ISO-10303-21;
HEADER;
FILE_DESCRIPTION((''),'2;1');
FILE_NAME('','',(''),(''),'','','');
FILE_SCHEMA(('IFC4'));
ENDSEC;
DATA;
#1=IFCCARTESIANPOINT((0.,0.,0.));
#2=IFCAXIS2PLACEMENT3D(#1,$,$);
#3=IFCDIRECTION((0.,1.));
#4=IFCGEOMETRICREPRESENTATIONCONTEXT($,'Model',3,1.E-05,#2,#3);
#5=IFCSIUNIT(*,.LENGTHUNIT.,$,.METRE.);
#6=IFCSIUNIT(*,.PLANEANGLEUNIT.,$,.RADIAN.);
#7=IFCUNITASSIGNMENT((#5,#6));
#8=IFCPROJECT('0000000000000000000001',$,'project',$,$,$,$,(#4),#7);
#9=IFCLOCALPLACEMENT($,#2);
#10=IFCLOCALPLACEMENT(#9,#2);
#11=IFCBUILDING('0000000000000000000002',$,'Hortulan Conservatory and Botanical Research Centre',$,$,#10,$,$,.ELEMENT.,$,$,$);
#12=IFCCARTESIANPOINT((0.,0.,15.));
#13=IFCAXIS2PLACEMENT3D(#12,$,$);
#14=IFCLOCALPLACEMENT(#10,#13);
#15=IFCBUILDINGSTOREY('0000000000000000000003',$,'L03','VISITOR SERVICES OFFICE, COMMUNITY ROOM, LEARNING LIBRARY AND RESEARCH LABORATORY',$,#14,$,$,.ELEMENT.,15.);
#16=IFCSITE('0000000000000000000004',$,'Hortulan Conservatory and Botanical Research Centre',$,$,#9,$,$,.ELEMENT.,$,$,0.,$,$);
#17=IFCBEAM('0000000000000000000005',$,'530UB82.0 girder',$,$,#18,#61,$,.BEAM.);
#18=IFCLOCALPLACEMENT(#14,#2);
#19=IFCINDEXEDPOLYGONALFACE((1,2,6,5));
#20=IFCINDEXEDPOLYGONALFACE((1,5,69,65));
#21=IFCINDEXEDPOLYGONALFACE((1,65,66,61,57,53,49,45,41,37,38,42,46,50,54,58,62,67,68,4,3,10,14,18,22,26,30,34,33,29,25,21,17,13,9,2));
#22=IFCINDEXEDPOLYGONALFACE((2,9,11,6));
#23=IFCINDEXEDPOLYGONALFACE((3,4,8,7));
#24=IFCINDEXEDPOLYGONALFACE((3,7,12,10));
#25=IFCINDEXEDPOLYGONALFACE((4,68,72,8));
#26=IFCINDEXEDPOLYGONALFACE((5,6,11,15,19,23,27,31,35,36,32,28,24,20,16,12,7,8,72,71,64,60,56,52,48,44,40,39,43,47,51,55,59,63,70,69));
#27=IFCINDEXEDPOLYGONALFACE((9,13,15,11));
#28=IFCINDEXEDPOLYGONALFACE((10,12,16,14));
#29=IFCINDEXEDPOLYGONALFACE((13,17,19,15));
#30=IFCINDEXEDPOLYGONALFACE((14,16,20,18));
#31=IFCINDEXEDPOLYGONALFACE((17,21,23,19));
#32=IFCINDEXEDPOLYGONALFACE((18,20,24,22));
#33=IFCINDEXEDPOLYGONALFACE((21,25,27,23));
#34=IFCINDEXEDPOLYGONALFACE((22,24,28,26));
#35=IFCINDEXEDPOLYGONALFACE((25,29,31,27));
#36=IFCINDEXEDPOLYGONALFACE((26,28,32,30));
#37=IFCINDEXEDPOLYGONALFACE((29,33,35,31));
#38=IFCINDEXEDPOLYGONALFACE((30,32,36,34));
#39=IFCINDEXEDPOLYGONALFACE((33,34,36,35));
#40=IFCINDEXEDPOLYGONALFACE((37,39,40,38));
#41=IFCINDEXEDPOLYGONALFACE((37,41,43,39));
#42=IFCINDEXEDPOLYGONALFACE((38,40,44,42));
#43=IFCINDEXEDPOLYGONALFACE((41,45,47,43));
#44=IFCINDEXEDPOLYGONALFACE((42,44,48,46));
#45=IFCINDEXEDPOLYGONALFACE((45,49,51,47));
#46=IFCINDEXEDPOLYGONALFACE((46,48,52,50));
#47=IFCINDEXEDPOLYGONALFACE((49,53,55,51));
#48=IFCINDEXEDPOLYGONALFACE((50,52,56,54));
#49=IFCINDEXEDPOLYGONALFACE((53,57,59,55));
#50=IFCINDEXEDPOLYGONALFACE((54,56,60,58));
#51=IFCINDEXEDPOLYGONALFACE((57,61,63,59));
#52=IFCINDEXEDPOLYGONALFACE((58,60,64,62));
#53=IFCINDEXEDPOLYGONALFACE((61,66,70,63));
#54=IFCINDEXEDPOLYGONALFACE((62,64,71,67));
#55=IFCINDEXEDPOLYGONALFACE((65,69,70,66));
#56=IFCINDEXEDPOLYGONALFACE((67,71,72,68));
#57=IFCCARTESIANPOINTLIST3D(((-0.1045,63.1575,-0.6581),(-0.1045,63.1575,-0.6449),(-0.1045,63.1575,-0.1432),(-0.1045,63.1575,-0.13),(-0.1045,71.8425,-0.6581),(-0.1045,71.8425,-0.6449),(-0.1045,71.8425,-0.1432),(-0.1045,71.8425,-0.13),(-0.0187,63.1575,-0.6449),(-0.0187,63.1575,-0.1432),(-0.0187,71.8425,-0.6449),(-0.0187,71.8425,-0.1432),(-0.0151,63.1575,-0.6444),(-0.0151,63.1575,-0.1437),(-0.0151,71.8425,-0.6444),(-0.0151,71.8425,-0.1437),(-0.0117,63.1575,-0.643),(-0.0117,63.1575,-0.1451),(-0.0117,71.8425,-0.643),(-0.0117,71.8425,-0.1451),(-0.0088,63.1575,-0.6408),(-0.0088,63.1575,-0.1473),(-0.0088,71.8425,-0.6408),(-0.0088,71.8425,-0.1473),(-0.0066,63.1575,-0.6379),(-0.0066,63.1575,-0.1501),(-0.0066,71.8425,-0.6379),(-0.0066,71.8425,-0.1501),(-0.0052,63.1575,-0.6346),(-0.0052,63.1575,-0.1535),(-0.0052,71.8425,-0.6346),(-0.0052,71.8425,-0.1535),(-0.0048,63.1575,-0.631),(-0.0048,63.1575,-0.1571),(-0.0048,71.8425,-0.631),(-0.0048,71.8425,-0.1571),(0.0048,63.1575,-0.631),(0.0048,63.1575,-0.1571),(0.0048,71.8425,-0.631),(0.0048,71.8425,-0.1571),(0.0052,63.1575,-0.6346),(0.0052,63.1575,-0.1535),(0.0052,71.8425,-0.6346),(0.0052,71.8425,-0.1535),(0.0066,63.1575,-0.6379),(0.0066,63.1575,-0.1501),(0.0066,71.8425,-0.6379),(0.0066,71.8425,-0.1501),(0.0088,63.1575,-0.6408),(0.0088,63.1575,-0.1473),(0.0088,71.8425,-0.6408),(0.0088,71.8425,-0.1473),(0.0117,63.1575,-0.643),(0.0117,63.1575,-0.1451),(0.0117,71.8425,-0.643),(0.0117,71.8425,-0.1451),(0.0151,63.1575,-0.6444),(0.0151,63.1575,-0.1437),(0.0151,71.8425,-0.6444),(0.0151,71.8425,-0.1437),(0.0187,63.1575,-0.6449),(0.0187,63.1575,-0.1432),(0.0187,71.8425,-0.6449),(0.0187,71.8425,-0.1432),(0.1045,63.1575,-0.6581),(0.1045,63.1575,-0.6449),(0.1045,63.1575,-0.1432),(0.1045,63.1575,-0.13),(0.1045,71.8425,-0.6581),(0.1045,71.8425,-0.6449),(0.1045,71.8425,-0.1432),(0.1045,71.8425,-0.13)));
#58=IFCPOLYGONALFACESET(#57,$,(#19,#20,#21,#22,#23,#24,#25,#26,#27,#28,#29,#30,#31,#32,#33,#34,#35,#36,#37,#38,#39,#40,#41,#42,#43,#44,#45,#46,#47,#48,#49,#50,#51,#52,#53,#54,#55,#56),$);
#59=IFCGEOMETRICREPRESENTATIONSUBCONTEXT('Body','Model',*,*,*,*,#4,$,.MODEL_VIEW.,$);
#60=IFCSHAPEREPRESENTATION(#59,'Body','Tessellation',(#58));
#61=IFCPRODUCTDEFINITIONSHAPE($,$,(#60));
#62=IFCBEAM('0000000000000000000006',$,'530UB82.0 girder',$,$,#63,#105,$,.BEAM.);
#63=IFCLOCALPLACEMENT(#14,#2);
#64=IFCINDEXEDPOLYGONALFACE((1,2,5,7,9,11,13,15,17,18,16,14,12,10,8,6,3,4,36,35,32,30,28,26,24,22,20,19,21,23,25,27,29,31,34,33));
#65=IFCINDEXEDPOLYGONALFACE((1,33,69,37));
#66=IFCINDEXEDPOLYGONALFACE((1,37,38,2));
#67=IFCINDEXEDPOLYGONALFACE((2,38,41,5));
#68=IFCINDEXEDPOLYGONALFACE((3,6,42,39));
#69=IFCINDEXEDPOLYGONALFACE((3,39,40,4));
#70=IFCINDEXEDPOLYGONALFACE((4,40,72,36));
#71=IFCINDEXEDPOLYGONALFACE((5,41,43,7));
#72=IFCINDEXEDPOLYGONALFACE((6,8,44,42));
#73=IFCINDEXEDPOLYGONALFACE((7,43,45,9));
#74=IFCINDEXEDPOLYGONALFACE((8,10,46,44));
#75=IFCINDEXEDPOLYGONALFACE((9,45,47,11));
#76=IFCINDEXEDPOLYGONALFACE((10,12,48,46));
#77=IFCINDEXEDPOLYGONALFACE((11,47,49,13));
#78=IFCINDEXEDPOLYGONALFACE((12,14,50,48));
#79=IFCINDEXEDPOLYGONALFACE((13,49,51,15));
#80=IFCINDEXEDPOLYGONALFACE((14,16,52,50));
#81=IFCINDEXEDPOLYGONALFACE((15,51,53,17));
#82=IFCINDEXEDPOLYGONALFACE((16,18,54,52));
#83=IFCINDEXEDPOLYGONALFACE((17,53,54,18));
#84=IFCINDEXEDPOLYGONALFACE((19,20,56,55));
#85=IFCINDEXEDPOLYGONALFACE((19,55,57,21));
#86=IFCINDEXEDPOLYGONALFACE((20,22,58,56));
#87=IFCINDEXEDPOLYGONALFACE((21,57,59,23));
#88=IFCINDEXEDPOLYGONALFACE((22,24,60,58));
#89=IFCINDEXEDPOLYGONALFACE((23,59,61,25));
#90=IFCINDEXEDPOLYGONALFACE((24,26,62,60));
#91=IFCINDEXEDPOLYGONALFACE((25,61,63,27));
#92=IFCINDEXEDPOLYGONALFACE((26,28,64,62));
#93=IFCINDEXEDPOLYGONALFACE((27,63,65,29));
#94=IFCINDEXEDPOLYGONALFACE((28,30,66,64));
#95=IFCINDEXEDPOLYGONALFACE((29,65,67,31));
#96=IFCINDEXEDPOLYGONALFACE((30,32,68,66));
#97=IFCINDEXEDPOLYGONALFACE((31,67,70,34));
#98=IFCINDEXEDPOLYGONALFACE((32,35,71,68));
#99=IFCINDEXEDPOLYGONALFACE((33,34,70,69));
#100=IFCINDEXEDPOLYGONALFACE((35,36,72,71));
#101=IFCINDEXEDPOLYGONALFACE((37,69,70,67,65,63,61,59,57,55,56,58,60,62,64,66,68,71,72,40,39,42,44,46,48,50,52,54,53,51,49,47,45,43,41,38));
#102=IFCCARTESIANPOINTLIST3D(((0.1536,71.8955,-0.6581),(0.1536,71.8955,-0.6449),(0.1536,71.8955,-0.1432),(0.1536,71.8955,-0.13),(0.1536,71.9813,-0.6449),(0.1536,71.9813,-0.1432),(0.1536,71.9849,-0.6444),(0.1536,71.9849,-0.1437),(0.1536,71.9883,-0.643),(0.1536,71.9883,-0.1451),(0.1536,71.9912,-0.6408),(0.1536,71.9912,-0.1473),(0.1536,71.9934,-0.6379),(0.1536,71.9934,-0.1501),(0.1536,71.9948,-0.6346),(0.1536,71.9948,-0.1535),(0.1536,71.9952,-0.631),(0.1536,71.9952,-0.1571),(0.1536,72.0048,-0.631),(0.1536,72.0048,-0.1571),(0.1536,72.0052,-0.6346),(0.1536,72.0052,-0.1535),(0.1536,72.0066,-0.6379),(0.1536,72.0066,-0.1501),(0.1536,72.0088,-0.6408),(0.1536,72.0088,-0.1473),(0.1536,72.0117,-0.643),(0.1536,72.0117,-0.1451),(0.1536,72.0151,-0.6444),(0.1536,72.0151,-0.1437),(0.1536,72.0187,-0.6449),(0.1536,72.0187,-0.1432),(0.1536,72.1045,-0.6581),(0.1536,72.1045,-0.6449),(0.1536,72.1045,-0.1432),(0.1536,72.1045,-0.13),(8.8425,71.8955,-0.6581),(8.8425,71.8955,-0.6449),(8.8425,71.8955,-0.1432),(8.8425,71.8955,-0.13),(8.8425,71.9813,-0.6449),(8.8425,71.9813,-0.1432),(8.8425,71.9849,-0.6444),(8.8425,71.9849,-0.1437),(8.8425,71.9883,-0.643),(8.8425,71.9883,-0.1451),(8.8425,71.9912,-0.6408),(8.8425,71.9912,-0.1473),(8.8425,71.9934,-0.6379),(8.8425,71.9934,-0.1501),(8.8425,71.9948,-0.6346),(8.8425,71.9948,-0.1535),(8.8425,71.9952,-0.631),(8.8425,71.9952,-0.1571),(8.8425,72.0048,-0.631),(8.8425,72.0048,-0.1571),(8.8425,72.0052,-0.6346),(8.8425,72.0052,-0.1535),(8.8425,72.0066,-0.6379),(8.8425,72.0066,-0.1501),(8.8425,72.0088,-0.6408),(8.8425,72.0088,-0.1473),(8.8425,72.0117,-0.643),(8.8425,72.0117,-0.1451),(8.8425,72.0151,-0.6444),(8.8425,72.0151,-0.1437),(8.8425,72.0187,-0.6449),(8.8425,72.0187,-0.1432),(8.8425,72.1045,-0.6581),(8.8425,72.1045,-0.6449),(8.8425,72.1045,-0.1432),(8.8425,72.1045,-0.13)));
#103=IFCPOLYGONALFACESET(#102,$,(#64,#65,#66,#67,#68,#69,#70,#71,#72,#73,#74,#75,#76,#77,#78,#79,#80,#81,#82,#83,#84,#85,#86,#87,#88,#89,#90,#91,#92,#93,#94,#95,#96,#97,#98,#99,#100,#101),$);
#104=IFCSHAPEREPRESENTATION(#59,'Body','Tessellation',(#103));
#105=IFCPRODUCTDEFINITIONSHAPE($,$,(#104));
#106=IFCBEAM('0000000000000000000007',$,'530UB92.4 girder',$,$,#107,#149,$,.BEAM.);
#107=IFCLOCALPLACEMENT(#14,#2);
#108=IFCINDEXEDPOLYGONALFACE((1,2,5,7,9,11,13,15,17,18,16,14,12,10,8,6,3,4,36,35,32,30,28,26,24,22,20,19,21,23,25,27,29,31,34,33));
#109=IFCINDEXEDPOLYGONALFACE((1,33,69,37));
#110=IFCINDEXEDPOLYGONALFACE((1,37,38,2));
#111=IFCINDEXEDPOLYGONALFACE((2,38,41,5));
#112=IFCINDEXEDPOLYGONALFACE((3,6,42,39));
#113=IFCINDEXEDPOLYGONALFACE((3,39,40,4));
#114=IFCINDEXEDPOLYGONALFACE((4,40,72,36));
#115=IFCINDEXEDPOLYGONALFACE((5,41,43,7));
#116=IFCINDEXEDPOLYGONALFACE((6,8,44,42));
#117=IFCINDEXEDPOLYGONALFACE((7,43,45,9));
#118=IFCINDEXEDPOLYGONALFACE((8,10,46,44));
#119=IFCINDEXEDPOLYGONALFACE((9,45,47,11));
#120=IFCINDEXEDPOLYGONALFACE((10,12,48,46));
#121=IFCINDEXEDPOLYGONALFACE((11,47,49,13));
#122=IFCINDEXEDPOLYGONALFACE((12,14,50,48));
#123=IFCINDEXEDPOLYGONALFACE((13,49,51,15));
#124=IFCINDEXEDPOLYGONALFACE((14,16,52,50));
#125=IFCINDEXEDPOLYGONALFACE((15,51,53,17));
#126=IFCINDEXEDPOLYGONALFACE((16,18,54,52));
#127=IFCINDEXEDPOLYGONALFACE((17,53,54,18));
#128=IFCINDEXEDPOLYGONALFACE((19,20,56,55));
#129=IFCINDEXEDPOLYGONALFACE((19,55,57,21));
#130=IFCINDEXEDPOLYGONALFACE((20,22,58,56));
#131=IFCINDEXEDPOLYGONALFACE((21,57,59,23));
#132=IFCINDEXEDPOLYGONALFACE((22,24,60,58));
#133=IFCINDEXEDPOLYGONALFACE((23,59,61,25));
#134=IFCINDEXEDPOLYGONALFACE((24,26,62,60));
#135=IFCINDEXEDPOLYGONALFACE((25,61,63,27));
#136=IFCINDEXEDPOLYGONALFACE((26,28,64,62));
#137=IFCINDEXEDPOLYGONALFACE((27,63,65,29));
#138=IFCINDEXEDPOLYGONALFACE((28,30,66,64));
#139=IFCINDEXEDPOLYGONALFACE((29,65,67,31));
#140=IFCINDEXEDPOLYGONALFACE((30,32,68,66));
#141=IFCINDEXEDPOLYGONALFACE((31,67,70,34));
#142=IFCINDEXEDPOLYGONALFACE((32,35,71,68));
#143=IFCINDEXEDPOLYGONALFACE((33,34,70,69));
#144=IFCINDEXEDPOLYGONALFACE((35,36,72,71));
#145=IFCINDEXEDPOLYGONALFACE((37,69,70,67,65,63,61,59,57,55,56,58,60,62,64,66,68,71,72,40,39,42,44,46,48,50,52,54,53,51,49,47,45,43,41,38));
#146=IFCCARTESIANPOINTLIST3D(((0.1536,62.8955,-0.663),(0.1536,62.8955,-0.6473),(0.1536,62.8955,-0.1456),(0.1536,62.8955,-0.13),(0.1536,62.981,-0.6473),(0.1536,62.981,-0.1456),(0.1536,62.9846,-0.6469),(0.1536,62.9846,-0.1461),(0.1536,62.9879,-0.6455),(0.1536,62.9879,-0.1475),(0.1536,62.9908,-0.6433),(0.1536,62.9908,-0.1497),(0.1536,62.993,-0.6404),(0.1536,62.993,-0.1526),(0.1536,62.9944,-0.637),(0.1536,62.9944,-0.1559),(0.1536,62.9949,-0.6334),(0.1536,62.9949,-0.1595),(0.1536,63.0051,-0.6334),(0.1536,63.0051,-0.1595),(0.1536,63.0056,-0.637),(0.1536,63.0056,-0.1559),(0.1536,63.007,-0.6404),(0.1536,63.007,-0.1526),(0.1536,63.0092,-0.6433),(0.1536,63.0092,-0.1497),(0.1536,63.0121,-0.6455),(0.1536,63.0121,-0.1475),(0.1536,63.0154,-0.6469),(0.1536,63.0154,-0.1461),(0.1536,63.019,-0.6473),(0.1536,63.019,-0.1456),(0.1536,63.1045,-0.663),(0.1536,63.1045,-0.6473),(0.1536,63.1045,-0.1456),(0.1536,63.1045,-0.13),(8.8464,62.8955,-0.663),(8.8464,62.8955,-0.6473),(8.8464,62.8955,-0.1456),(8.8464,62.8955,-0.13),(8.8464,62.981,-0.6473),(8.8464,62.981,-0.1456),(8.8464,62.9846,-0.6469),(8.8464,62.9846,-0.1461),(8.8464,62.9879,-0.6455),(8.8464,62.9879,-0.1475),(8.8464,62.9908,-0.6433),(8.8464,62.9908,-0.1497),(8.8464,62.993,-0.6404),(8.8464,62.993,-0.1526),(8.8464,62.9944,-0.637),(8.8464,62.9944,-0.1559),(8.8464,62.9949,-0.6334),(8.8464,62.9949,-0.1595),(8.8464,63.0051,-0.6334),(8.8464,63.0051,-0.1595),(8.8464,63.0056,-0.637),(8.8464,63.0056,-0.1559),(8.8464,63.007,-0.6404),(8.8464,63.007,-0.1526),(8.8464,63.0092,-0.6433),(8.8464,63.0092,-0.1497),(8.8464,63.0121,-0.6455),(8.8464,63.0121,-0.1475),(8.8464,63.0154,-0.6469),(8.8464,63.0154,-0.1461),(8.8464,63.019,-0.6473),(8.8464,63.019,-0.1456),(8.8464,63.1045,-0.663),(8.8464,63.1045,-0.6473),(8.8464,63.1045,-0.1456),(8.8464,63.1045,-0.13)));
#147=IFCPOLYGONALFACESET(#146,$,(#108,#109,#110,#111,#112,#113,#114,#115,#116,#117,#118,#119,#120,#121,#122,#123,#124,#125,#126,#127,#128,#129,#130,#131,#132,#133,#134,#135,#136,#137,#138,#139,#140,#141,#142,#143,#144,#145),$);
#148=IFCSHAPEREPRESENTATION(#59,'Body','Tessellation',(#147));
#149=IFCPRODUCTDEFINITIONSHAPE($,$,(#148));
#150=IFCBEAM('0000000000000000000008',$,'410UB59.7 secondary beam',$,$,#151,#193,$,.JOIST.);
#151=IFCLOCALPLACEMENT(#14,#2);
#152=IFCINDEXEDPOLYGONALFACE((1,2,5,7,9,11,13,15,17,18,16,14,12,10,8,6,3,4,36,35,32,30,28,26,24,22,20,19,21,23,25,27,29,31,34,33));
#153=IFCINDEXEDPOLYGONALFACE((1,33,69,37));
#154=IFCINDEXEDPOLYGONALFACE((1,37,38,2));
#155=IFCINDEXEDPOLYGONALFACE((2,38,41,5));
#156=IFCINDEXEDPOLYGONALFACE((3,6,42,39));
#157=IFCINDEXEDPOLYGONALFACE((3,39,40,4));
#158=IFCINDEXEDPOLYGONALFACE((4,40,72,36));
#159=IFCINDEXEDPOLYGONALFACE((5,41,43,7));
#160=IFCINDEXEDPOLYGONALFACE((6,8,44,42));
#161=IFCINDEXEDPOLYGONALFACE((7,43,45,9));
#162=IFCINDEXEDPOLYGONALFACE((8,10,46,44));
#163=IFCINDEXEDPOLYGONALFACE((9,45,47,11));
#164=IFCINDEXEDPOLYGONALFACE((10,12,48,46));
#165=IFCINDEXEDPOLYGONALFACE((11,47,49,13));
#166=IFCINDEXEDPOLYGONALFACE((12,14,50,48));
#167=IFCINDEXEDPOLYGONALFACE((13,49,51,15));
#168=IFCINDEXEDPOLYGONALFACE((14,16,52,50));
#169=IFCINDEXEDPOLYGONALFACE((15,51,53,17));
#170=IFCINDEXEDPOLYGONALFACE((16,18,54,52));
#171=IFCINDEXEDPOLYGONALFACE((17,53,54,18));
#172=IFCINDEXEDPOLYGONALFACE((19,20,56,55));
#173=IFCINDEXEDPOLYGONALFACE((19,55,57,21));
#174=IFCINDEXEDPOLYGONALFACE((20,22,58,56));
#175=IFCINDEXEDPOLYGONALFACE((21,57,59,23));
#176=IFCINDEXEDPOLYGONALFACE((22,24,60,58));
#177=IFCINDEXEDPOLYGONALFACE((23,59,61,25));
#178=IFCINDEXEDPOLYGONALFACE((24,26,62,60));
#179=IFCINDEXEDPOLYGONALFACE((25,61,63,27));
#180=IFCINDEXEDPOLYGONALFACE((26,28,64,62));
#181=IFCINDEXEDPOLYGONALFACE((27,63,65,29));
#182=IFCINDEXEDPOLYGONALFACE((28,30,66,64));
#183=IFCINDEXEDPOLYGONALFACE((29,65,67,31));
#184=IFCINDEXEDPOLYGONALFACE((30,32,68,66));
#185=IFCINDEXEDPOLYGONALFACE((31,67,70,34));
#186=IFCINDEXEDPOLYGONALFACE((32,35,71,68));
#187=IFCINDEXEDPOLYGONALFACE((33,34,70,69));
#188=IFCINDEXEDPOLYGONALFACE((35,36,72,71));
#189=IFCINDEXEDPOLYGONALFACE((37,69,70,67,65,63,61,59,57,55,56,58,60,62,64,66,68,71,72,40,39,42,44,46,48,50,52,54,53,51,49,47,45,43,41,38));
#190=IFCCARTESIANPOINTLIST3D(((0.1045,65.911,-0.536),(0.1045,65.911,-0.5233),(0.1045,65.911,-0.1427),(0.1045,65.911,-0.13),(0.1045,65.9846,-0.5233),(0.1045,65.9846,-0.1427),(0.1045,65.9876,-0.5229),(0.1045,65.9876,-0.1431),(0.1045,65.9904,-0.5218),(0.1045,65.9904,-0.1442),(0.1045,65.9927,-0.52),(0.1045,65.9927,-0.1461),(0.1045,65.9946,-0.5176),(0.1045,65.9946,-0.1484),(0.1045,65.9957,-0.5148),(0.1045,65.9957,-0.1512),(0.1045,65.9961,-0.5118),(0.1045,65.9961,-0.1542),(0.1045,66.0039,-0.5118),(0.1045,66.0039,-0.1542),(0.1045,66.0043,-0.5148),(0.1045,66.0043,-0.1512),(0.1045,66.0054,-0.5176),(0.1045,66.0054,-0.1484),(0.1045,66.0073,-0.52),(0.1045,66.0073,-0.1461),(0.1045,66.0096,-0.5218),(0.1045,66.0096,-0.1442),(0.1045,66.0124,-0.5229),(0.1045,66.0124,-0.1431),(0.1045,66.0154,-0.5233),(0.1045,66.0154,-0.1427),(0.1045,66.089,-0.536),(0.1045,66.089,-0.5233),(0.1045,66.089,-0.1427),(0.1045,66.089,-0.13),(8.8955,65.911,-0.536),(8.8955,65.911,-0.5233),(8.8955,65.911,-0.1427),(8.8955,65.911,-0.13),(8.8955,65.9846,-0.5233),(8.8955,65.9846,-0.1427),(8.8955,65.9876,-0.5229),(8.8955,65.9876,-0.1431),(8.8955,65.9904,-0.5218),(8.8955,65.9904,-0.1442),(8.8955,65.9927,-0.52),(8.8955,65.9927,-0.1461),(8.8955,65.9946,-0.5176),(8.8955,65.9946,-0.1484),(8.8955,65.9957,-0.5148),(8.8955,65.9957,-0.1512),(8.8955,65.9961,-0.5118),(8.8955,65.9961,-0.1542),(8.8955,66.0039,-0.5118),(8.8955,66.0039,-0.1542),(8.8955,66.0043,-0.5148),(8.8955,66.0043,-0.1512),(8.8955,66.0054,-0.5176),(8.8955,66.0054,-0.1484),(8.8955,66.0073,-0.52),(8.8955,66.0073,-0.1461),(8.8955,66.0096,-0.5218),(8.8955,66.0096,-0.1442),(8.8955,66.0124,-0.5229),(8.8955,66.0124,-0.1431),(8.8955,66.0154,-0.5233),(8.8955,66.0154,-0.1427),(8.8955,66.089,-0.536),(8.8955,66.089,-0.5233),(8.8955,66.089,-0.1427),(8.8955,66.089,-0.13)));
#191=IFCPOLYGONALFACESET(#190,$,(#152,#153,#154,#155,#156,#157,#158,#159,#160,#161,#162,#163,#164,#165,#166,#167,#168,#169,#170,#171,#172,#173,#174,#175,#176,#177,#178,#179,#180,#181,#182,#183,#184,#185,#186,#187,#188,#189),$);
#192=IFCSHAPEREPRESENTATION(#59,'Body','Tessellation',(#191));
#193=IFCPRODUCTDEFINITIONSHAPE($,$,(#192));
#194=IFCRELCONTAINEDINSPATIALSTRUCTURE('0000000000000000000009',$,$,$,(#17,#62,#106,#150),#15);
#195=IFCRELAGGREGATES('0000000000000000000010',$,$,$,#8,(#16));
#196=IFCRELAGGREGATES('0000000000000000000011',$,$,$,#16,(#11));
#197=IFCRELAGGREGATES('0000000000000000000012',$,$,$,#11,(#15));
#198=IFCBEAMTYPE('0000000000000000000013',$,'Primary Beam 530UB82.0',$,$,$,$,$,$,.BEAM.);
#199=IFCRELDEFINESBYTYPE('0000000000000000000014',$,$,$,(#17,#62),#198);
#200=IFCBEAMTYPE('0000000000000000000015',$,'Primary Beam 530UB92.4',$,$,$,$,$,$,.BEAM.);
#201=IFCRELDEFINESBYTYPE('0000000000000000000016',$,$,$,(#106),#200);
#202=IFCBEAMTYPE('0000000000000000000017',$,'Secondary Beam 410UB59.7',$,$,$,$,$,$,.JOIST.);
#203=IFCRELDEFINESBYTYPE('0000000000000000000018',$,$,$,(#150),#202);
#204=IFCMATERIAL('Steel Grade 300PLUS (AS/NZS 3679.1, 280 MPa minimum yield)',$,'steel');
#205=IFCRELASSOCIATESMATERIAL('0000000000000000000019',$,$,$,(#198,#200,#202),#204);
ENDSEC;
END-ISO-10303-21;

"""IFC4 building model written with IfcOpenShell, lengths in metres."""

from ifc_helpers import new_model, si_unit, direction, frame, origin, origin_2d, place, context, subcontext, project, spatial, i_section, extrude, material, material_profile, profile_set, type_object, element, save


model = new_model("IFC4")

# Units and contexts
model_context = context("Model", 3, precision=1e-05, world=origin(), true_north=direction((0.0, 1.0)))
body_context = subcontext(model_context, "Body", "Model", "MODEL_VIEW")
ifc_project = project(units=[si_unit("LENGTHUNIT", "METRE"), si_unit("PLANEANGLEUNIT", "RADIAN")], contexts=[model_context])

# Site, building, storey
site_placement = place(None, origin())
site = spatial("IfcSite", under=ifc_project, at=site_placement, Name="Hortulan Conservatory and Botanical Research Centre", CompositionType="ELEMENT", RefElevation=0.0)
building_placement = place(site_placement, origin())
building = spatial("IfcBuilding", under=site, at=building_placement, Name="Hortulan Conservatory and Botanical Research Centre", CompositionType="ELEMENT")
storey_placement = place(building_placement, frame((0.0, 0.0, 15.0)))
storey = spatial("IfcBuildingStorey", under=building, at=storey_placement, Name="L03", Description="VISITOR SERVICES OFFICE, COMMUNITY ROOM, LEARNING LIBRARY AND RESEARCH LABORATORY", CompositionType="ELEMENT", Elevation=15.0)

# Shared definitions
ifc_material_1 = material(Name="Steel Grade 300PLUS (AS/NZS 3679.1, 280 MPa minimum yield)", Category="steel")

# Beams
ifc_material_profile_1 = material_profile(ifc_material_1, i_section(OverallWidth=0.209, OverallDepth=0.5281, WebThickness=0.0095, FlangeThickness=0.0132, FilletRadius=0.0139, at=origin_2d()), Name="530UB82.0")
ifc_profile_set_1 = profile_set([ifc_material_profile_1], Name="Steel Grade 300PLUS (AS/NZS 3679.1, 280 MPa minimum yield)")
beam_type_1 = type_object("IfcBeamType", Name="Primary Beam 530UB82.0", PredefinedType="BEAM", material=ifc_profile_set_1)
beam_1_placement = place(storey_placement, frame((0.0, 63.1575, -0.394), z_axis=(0.0, 1.0, 0.0), x_axis=(-1.0, 0.0, 0.0)))
element("IfcBeam", 1, at=beam_1_placement, inside=storey, type_object=beam_type_1, Name="530UB82.0 girder", PredefinedType="BEAM", context=body_context, shape_type="SweptSolid", body=[
    extrude(i_section(OverallWidth=0.209, OverallDepth=0.5281, WebThickness=0.0095, FlangeThickness=0.0132, FilletRadius=0.0139, at=origin_2d()), origin(), (0.0, 0.0, 1.0), 8.6851),
])
beam_2_placement = place(storey_placement, frame((0.1536, 72.0, -0.394), z_axis=(1.0, 0.0, 0.0), x_axis=(0.0, 1.0, 0.0)))
element("IfcBeam", 2, at=beam_2_placement, inside=storey, type_object=beam_type_1, Name="530UB82.0 girder", PredefinedType="BEAM", context=body_context, shape_type="SweptSolid", body=[
    extrude(i_section(OverallWidth=0.209, OverallDepth=0.5281, WebThickness=0.0095, FlangeThickness=0.0132, FilletRadius=0.0139, at=origin_2d()), origin(), (0.0, 0.0, 1.0), 8.689),
])
ifc_material_profile_2 = material_profile(ifc_material_1, i_section(OverallWidth=0.209, OverallDepth=0.533, WebThickness=0.0103, FlangeThickness=0.0156, FilletRadius=0.0139, at=origin_2d()), Name="530UB92.4")
ifc_profile_set_2 = profile_set([ifc_material_profile_2], Name="Steel Grade 300PLUS (AS/NZS 3679.1, 280 MPa minimum yield)")
beam_type_2 = type_object("IfcBeamType", Name="Primary Beam 530UB92.4", PredefinedType="BEAM", material=ifc_profile_set_2)
beam_3_placement = place(storey_placement, frame((0.1536, 63.0, -0.3965), z_axis=(1.0, 0.0, 0.0), x_axis=(0.0, 1.0, 0.0)))
element("IfcBeam", 3, at=beam_3_placement, inside=storey, type_object=beam_type_2, Name="530UB92.4 girder", PredefinedType="BEAM", context=body_context, shape_type="SweptSolid", body=[
    extrude(i_section(OverallWidth=0.209, OverallDepth=0.533, WebThickness=0.0103, FlangeThickness=0.0156, FilletRadius=0.0139, at=origin_2d()), origin(), (0.0, 0.0, 1.0), 8.6929),
])
ifc_material_profile_3 = material_profile(ifc_material_1, i_section(OverallWidth=0.178, OverallDepth=0.406, WebThickness=0.0078, FlangeThickness=0.0127, FilletRadius=0.0115, at=origin_2d()), Name="410UB59.7")
ifc_profile_set_3 = profile_set([ifc_material_profile_3], Name="Steel Grade 300PLUS (AS/NZS 3679.1, 280 MPa minimum yield)")
beam_type_3 = type_object("IfcBeamType", Name="Secondary Beam 410UB59.7", PredefinedType="JOIST", material=ifc_profile_set_3)
for number, where, z_axis, x_axis, name in (
    (4, (0.1045, 66.0, -0.333), (1.0, 0.0, 0.0), (0.0, 1.0, 0.0), "410UB59.7 secondary beam"),
):
    element("IfcBeam", number, at=place(storey_placement, frame(where, z_axis=z_axis, x_axis=x_axis)), inside=storey, type_object=beam_type_3, Name=name, PredefinedType="JOIST", context=body_context, shape_type="SweptSolid", body=[
        extrude(i_section(OverallWidth=0.178, OverallDepth=0.406, WebThickness=0.0078, FlangeThickness=0.0127, FilletRadius=0.0115, at=origin_2d()), origin(), (0.0, 0.0, 1.0), 8.791),
    ])

save(model, "model.ifc")
